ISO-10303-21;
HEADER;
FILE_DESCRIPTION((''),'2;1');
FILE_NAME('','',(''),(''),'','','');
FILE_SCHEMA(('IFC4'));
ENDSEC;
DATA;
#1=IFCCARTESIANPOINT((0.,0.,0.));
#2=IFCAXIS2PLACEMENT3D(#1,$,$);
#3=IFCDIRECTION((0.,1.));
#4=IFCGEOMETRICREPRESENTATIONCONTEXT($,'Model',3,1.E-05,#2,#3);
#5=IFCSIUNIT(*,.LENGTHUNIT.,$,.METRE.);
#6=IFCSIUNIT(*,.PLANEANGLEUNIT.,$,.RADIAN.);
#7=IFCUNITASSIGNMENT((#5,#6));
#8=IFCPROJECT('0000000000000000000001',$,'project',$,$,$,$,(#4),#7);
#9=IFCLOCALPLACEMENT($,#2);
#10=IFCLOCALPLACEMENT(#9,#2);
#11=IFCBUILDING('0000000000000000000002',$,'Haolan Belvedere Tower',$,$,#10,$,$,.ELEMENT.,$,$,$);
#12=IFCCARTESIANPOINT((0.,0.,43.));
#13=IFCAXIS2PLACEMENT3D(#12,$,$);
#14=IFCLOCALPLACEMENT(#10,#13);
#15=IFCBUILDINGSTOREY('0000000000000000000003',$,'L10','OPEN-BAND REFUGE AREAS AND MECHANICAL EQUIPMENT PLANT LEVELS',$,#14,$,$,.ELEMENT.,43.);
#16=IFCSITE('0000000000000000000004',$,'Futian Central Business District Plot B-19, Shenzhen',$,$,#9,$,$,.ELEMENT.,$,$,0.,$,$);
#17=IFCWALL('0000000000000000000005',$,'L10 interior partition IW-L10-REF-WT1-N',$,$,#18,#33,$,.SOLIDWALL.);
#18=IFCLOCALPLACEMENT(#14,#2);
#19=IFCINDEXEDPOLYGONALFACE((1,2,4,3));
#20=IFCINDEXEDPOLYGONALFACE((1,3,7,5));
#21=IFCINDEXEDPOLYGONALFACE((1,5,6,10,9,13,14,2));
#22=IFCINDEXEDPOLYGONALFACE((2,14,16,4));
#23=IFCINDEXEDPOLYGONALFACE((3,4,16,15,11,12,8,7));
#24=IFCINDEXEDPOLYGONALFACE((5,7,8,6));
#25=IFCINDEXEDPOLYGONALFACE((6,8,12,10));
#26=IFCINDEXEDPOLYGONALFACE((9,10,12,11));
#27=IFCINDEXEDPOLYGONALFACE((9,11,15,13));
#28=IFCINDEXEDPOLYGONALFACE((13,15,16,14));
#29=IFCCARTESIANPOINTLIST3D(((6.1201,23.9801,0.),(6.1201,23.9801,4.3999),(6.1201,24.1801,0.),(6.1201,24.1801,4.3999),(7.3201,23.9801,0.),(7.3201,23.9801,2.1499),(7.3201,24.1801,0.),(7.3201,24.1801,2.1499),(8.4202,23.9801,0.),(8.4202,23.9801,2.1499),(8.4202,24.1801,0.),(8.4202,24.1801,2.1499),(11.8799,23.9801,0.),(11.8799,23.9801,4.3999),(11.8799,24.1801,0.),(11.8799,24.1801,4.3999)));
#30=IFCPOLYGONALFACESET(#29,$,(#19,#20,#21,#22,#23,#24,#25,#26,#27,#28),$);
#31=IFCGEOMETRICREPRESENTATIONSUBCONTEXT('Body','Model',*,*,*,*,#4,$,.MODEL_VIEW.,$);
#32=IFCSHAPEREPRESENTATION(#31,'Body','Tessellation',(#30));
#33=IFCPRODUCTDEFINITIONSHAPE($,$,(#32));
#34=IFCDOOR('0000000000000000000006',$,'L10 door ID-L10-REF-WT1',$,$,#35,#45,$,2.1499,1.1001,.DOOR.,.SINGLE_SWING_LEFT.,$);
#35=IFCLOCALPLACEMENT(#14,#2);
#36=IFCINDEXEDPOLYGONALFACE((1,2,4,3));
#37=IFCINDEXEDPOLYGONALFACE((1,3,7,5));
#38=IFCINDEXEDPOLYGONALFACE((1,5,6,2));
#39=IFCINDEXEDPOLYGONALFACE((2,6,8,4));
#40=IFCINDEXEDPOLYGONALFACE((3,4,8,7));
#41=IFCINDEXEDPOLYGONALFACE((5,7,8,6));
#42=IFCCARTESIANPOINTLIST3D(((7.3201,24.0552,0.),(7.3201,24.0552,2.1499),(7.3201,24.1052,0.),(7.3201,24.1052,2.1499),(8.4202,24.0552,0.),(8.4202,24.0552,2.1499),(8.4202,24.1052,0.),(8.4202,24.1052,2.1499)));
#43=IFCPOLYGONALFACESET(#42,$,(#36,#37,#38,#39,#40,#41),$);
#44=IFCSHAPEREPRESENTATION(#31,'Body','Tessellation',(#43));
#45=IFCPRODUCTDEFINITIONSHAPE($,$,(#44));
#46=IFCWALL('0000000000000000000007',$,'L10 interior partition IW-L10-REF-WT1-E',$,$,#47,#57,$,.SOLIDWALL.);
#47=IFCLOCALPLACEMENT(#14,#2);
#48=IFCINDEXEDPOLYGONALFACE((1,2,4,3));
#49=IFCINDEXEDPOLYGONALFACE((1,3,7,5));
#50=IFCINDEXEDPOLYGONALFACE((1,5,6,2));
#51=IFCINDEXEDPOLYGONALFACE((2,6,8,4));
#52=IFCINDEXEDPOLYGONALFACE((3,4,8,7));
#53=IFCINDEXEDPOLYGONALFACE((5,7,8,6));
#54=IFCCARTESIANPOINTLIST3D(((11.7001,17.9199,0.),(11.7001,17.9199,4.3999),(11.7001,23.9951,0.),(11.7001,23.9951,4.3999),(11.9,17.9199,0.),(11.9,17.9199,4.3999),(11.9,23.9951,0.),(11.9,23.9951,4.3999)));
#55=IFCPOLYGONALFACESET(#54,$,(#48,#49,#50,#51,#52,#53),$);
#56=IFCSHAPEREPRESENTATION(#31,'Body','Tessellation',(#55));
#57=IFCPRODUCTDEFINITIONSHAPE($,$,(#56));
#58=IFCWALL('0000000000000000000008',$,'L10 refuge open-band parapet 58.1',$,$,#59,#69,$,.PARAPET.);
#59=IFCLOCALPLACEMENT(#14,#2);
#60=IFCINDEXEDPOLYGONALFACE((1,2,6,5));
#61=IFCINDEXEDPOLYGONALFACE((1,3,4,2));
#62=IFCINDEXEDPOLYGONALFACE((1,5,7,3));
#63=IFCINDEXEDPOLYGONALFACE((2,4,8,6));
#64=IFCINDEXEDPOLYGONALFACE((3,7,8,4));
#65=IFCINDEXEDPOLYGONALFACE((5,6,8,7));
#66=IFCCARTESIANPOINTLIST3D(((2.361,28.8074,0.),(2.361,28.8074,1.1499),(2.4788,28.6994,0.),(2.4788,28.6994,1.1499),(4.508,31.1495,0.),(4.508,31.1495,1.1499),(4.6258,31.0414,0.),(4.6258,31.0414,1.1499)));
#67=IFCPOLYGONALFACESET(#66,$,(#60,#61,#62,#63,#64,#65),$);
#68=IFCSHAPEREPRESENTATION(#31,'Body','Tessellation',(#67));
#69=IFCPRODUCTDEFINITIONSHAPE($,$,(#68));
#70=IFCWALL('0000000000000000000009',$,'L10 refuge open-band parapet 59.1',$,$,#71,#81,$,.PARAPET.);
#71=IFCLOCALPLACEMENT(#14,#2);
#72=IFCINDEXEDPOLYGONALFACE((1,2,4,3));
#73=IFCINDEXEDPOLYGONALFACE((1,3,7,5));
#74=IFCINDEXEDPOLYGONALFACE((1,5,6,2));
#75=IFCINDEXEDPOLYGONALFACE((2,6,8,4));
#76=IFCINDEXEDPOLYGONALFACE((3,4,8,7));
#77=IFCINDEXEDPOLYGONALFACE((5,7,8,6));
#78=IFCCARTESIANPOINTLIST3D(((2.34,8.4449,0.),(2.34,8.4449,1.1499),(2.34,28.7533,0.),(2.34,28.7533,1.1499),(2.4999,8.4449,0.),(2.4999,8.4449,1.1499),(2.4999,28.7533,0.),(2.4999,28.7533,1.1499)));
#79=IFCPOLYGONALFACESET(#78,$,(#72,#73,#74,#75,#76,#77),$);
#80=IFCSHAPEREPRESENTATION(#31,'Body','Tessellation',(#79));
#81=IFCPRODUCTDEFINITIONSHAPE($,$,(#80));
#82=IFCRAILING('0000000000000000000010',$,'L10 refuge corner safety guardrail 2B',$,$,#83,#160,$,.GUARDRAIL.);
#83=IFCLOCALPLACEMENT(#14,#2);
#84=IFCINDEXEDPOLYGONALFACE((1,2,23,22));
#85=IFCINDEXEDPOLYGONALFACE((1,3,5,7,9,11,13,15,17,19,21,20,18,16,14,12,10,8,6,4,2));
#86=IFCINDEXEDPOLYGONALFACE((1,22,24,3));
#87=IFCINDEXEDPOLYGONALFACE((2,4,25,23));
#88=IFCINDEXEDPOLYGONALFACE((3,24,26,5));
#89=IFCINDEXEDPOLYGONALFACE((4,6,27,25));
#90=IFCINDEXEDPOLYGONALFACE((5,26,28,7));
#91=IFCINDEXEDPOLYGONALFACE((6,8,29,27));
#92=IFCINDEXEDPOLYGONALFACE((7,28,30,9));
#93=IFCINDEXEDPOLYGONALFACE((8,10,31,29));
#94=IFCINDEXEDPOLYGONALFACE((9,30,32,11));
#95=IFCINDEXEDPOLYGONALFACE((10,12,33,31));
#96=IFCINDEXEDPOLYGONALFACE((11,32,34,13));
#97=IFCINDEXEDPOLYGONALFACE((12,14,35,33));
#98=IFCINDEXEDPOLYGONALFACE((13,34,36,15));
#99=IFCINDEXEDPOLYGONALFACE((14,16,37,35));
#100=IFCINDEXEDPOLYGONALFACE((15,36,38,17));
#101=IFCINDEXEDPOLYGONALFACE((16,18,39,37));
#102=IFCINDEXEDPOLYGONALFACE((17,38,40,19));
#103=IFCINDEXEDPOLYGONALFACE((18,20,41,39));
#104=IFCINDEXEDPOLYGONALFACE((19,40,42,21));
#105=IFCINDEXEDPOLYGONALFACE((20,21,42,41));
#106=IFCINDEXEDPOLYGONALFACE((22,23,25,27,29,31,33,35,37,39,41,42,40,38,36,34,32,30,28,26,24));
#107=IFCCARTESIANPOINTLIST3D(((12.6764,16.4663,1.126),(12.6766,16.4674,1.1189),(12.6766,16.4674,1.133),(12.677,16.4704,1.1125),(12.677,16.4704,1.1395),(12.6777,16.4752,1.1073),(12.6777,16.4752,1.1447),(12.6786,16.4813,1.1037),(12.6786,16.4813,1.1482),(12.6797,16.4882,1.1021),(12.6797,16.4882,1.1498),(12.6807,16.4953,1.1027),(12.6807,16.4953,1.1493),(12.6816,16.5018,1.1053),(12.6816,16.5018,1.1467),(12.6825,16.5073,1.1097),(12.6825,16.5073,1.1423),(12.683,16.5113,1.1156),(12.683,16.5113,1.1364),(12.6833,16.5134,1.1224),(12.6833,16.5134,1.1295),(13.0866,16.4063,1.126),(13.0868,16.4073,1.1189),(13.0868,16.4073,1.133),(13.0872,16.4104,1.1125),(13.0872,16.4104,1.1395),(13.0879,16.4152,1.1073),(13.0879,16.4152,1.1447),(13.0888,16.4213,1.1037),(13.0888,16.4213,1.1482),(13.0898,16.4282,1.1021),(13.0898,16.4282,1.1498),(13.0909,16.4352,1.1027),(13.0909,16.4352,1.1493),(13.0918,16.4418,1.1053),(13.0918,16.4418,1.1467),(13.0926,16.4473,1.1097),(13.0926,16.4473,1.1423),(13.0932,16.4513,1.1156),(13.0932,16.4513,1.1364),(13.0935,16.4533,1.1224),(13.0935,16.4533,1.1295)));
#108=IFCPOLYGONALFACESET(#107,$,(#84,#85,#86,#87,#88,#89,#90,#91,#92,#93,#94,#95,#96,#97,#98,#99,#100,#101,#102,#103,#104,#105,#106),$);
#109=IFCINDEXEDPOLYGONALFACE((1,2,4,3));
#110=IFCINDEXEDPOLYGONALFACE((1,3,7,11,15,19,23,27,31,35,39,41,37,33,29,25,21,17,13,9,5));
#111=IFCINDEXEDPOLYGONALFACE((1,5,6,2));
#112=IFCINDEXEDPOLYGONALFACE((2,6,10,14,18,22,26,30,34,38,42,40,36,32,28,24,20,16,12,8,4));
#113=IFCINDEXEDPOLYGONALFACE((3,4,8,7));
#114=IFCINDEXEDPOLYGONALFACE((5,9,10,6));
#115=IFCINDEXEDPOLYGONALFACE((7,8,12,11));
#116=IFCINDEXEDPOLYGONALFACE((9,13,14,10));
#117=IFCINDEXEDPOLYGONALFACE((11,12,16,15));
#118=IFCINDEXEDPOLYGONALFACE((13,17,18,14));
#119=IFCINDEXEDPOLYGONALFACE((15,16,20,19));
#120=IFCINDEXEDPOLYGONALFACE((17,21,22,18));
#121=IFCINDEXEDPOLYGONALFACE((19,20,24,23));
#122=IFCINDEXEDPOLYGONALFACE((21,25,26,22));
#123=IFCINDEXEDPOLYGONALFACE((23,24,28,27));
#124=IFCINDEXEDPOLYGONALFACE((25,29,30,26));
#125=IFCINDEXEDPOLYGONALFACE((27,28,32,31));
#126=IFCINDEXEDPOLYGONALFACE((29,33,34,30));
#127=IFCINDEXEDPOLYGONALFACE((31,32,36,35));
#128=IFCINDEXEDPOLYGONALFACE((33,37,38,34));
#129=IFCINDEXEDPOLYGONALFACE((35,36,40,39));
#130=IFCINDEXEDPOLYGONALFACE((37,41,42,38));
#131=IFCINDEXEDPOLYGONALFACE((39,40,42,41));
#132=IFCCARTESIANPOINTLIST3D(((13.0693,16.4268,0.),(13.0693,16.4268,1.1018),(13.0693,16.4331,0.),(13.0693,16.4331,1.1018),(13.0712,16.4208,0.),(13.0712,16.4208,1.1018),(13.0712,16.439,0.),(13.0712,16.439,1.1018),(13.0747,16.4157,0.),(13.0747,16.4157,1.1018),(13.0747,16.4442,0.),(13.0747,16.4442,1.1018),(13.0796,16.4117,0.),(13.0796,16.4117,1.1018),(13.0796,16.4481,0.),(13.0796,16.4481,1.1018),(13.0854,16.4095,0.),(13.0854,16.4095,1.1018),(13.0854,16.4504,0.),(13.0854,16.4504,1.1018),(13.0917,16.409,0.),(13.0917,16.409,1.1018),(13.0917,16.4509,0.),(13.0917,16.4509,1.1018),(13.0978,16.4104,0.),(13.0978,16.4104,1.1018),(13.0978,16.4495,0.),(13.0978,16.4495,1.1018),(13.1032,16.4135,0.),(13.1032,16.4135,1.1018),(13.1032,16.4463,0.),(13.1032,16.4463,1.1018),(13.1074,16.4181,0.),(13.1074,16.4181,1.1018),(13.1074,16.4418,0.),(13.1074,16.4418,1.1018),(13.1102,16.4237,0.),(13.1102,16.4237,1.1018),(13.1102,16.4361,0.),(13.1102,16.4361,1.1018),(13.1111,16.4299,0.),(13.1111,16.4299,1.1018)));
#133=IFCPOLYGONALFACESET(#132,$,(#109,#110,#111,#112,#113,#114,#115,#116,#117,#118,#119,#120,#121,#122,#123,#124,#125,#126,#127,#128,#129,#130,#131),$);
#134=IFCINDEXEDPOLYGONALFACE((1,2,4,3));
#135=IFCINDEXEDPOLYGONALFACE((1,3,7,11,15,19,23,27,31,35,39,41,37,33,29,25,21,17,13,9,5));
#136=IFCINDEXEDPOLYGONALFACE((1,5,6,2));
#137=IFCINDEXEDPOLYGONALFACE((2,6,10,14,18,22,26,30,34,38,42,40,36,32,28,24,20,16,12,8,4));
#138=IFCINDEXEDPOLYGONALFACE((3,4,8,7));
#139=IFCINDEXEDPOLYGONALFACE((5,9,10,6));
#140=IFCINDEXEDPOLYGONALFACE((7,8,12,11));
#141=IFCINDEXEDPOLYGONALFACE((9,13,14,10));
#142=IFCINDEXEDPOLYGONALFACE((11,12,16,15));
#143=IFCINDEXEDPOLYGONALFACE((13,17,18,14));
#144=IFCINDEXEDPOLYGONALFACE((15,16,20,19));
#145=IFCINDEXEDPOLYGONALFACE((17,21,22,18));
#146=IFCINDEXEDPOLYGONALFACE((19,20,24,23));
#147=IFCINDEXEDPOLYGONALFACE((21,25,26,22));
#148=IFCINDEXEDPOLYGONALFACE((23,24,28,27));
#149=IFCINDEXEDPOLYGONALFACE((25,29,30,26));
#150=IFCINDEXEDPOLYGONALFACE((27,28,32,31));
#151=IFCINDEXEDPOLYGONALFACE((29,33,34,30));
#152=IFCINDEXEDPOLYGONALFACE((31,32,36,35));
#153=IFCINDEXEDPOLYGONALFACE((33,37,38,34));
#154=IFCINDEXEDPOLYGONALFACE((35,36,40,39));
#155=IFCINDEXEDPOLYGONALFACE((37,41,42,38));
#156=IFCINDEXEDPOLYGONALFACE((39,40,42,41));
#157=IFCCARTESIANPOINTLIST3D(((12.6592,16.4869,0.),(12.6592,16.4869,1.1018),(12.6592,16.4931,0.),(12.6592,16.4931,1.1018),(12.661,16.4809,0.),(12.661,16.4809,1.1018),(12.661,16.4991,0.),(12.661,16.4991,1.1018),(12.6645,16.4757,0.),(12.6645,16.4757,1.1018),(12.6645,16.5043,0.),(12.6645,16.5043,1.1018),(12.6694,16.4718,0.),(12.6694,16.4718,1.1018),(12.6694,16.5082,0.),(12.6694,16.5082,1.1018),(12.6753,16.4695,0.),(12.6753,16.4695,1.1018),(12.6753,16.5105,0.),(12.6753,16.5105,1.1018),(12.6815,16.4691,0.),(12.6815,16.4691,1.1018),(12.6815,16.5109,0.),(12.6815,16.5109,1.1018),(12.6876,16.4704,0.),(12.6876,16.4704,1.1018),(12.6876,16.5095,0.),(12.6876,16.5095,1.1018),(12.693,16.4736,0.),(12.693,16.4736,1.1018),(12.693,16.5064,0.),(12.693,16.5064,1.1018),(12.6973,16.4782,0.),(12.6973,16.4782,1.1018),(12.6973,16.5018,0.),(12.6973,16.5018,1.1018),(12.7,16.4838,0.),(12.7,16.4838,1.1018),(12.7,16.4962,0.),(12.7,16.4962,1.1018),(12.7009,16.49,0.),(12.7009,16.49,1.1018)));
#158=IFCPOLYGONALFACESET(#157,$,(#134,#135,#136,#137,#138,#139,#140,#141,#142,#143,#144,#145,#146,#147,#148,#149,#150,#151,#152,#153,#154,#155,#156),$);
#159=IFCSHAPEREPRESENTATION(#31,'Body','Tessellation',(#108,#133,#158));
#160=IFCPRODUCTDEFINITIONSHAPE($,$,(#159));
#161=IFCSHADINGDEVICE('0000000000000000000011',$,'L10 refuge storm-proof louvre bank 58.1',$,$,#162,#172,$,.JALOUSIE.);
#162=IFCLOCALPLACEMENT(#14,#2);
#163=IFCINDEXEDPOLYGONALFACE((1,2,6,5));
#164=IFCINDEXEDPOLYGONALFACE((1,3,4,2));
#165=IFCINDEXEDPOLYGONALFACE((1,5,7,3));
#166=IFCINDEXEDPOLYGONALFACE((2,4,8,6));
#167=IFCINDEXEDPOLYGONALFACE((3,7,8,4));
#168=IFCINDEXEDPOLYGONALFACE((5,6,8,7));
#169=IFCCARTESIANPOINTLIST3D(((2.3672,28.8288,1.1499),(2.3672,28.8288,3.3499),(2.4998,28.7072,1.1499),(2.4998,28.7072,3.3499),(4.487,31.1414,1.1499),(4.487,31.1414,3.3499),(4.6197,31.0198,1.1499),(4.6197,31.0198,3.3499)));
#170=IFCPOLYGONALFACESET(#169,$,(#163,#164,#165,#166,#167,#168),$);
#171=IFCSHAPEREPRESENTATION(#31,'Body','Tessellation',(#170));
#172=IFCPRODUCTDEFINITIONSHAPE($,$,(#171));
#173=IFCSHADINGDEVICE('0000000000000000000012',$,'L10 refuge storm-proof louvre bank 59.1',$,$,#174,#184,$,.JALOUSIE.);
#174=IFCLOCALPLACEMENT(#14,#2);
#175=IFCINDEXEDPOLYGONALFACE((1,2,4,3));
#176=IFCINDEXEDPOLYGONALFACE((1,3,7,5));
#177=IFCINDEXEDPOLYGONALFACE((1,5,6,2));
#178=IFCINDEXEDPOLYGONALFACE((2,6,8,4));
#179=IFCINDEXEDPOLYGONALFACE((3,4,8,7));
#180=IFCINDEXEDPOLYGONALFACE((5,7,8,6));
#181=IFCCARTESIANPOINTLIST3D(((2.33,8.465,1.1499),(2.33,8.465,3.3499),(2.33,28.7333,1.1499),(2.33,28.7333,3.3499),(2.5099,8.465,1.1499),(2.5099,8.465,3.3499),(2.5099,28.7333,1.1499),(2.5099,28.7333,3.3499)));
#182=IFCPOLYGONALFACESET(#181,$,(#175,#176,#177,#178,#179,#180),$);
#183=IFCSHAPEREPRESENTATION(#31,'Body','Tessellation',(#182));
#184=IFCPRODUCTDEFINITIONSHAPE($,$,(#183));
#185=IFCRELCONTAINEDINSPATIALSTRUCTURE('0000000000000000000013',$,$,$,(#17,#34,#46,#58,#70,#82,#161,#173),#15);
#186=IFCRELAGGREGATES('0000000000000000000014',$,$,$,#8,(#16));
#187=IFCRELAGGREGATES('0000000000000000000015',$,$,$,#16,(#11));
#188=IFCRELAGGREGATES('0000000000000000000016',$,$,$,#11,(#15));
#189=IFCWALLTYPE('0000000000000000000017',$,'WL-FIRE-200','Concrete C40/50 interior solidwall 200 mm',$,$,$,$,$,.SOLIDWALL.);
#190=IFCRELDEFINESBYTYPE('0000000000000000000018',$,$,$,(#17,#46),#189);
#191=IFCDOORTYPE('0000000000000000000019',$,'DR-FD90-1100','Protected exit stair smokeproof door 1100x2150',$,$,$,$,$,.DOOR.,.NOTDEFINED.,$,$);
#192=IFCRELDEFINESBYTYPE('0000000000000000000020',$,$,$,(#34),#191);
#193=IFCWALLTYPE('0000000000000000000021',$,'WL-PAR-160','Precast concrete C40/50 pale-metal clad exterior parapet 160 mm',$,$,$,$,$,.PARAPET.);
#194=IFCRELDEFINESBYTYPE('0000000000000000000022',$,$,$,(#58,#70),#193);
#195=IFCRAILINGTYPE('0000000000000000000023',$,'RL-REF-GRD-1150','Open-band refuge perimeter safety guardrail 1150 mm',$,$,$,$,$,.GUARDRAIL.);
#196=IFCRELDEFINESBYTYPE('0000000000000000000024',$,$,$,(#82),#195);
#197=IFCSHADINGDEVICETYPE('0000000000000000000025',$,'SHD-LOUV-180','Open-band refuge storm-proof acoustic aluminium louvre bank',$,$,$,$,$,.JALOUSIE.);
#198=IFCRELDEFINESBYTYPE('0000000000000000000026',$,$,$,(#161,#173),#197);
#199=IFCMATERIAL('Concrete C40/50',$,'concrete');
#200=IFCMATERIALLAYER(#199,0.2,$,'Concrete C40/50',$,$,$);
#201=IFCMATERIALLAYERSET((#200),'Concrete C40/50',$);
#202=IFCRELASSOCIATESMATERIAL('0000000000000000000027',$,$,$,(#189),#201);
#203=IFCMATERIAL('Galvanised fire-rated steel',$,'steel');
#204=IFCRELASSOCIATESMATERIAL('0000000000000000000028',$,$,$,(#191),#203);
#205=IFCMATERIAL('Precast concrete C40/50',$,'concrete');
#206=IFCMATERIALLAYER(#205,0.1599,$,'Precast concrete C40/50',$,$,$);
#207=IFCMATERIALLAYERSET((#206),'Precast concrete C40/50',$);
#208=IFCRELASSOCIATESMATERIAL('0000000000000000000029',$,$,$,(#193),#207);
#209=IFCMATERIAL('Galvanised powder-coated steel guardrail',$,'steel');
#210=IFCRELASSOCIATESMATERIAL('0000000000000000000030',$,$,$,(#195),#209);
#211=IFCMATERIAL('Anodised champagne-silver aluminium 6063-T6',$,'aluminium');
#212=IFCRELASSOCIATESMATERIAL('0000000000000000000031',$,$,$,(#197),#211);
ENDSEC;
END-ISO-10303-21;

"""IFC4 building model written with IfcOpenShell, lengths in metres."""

from ifc_helpers import new_model, si_unit, direction, frame, frame_2d, origin, origin_2d, place, context, subcontext, project, spatial, rectangle, circle, extrude, material, layer, layer_set, type_object, element, fill, save


model = new_model("IFC4")

# Units and contexts
model_context = context("Model", 3, precision=1e-05, world=origin(), true_north=direction((0.0, 1.0)))
body_context = subcontext(model_context, "Body", "Model", "MODEL_VIEW")
ifc_project = project(units=[si_unit("LENGTHUNIT", "METRE"), si_unit("PLANEANGLEUNIT", "RADIAN")], contexts=[model_context])

# Site, building, storey
site_placement = place(None, origin())
site = spatial("IfcSite", under=ifc_project, at=site_placement, Name="Futian Central Business District Plot B-19, Shenzhen", CompositionType="ELEMENT", RefElevation=0.0)
building_placement = place(site_placement, origin())
building = spatial("IfcBuilding", under=site, at=building_placement, Name="Haolan Belvedere Tower", CompositionType="ELEMENT")
storey_placement = place(building_placement, frame((0.0, 0.0, 43.0)))
storey = spatial("IfcBuildingStorey", under=building, at=storey_placement, Name="L10", Description="OPEN-BAND REFUGE AREAS AND MECHANICAL EQUIPMENT PLANT LEVELS", CompositionType="ELEMENT", Elevation=43.0)

# Wall, opening, door
ifc_material_1 = material(Name="Concrete C40/50", Category="concrete")
ifc_layer_1 = layer(ifc_material_1, 0.2, Name="Concrete C40/50")
ifc_layer_set_1 = layer_set([ifc_layer_1], Name="Concrete C40/50")
wall_type_1 = type_object("IfcWallType", Name="WL-FIRE-200", Description="Concrete C40/50 interior solidwall 200 mm", PredefinedType="SOLIDWALL", material=ifc_layer_set_1)
wall_1_placement = place(storey_placement, frame((6.1201, 24.0801, 0.0), z_axis=(0.0, 0.0, 1.0), x_axis=(1.0, 0.0, 0.0)))
wall_1 = element("IfcWall", 1, at=wall_1_placement, inside=storey, type_object=wall_type_1, Name="L10 interior partition IW-L10-REF-WT1-N", PredefinedType="SOLIDWALL", context=body_context, shape_type="SweptSolid", body=[
    extrude(rectangle(XDim=5.7598, YDim=0.2, at=frame_2d((2.8799, 0.0))), origin(), (0.0, 0.0, 1.0), 4.3999),
])
opening_placement = place(wall_1_placement, frame((2.3, 0.0, 0.0), z_axis=(0.0, 0.0, 1.0), x_axis=(-1.0, 0.0, 0.0)))
opening = element("IfcOpeningElement", 2, at=opening_placement, cuts=wall_1, PredefinedType="OPENING", context=body_context, shape_type="SweptSolid", body=[
    extrude(rectangle(XDim=1.1001, YDim=2.1499, at=frame_2d((0.55, 1.075))), frame((0.0, 0.1099, 0.0), z_axis=(0.0, -1.0, 0.0), x_axis=(1.0, 0.0, 0.0)), (0.0, 0.0, 1.0), 0.22),
])
ifc_material_2 = material(Name="Galvanised fire-rated steel", Category="steel")
door_type = type_object("IfcDoorType", Name="DR-FD90-1100", Description="Protected exit stair smokeproof door 1100x2150", OperationType="NOTDEFINED", PredefinedType="DOOR", material=ifc_material_2)
door_placement = place(opening_placement, origin())
door = element("IfcDoor", 3, at=door_placement, inside=storey, type_object=door_type, Name="L10 door ID-L10-REF-WT1", OperationType="SINGLE_SWING_LEFT", OverallHeight=2.1499, OverallWidth=1.1001, PredefinedType="DOOR", context=body_context, shape_type="SweptSolid", body=[
    extrude(rectangle(XDim=1.1001, YDim=2.1499, at=frame_2d((0.55, 1.075))), frame((0.0, 0.0249, 0.0), z_axis=(0.0, -1.0, 0.0), x_axis=(1.0, 0.0, 0.0)), (0.0, 0.0, 1.0), 0.05),
])
fill(opening, door)

# Walls
wall_2_placement = place(storey_placement, frame((11.8, 17.9199, 0.0), z_axis=(0.0, 0.0, 1.0), x_axis=(0.0, 1.0, 0.0)))
element("IfcWall", 4, at=wall_2_placement, inside=storey, type_object=wall_type_1, Name="L10 interior partition IW-L10-REF-WT1-E", PredefinedType="SOLIDWALL", context=body_context, shape_type="SweptSolid", body=[
    extrude(rectangle(XDim=6.0752, YDim=0.2, at=frame_2d((3.0376, 0.0))), origin(), (0.0, 0.0, 1.0), 4.3999),
])
ifc_material_3 = material(Name="Precast concrete C40/50", Category="concrete")
ifc_layer_2 = layer(ifc_material_3, 0.1599, Name="Precast concrete C40/50")
ifc_layer_set_2 = layer_set([ifc_layer_2], Name="Precast concrete C40/50")
wall_type_2 = type_object("IfcWallType", Name="WL-PAR-160", Description="Precast concrete C40/50 pale-metal clad exterior parapet 160 mm", PredefinedType="PARAPET", material=ifc_layer_set_2)
wall_3_placement = place(storey_placement, frame((4.5669, 31.0955, 0.0), z_axis=(0.0, 0.0, 1.0), x_axis=(-0.675742, -0.737138, 0.0)))
element("IfcWall", 5, at=wall_3_placement, inside=storey, type_object=wall_type_2, Name="L10 refuge open-band parapet 58.1", PredefinedType="PARAPET", context=body_context, shape_type="SweptSolid", body=[
    extrude(rectangle(XDim=3.1772, YDim=0.1599, at=frame_2d((1.5886, 0.0))), origin(), (0.0, 0.0, 1.0), 1.1499),
])
wall_4_placement = place(storey_placement, frame((2.4199, 28.7534, 0.0), z_axis=(0.0, 0.0, 1.0), x_axis=(0.0, -1.0, 0.0)))
element("IfcWall", 6, at=wall_4_placement, inside=storey, type_object=wall_type_2, Name="L10 refuge open-band parapet 59.1", PredefinedType="PARAPET", context=body_context, shape_type="SweptSolid", body=[
    extrude(rectangle(XDim=20.3083, YDim=0.1599, at=frame_2d((10.1543, 0.0))), origin(), (0.0, 0.0, 1.0), 1.1499),
])

# Railing
ifc_material_4 = material(Name="Galvanised powder-coated steel guardrail", Category="steel")
railing_type = type_object("IfcRailingType", Name="RL-REF-GRD-1150", Description="Open-band refuge perimeter safety guardrail 1150 mm", PredefinedType="GUARDRAIL", material=ifc_material_4)
railing_placement = place(storey_placement, frame((13.0901, 16.4299, 0.0)))
element("IfcRailing", 7, at=railing_placement, inside=storey, type_object=railing_type, Name="L10 refuge corner safety guardrail 2B", PredefinedType="GUARDRAIL", context=body_context, shape_type="SweptSolid", body=[
    extrude(circle(Radius=0.0239, at=origin_2d()), frame((0.0, 0.0, 1.126), z_axis=(-0.989449, 0.144884, 0.0), x_axis=(-0.144884, -0.989449, 0.0)), (0.0, 0.0, 1.0), 0.4146),
    extrude(circle(Radius=0.021, at=origin_2d()), origin(), (0.0, 0.0, 1.0), 1.1018),
    extrude(circle(Radius=0.021, at=origin_2d()), frame((-0.4102, 0.0601, 0.0)), (0.0, 0.0, 1.0), 1.1018),
])

# Shading devices
ifc_material_5 = material(Name="Anodised champagne-silver aluminium 6063-T6", Category="aluminium")
shading_device_type = type_object("IfcShadingDeviceType", Name="SHD-LOUV-180", Description="Open-band refuge storm-proof acoustic aluminium louvre bank", PredefinedType="JALOUSIE", material=ifc_material_5)
shading_device_1_placement = place(storey_placement, frame((3.4934, 29.9243, 1.1499), z_axis=(0.0, 0.0, 1.0), x_axis=(-0.675719, -0.737159, 0.0)))
element("IfcShadingDevice", 8, at=shading_device_1_placement, inside=storey, type_object=shading_device_type, Name="L10 refuge storm-proof louvre bank 58.1", PredefinedType="JALOUSIE", context=body_context, shape_type="SweptSolid", body=[
    extrude(rectangle(XDim=3.1372, YDim=0.1799, at=origin_2d()), origin(), (0.0, 0.0, 1.0), 2.2),
])
shading_device_2_placement = place(storey_placement, frame((2.4199, 18.5991, 1.1499), z_axis=(0.0, 0.0, 1.0), x_axis=(0.0, -1.0, 0.0)))
element("IfcShadingDevice", 9, at=shading_device_2_placement, inside=storey, type_object=shading_device_type, Name="L10 refuge storm-proof louvre bank 59.1", PredefinedType="JALOUSIE", context=body_context, shape_type="SweptSolid", body=[
    extrude(rectangle(XDim=20.2683, YDim=0.1799, at=origin_2d()), origin(), (0.0, 0.0, 1.0), 2.2),
])

save(model, "model.ifc")
